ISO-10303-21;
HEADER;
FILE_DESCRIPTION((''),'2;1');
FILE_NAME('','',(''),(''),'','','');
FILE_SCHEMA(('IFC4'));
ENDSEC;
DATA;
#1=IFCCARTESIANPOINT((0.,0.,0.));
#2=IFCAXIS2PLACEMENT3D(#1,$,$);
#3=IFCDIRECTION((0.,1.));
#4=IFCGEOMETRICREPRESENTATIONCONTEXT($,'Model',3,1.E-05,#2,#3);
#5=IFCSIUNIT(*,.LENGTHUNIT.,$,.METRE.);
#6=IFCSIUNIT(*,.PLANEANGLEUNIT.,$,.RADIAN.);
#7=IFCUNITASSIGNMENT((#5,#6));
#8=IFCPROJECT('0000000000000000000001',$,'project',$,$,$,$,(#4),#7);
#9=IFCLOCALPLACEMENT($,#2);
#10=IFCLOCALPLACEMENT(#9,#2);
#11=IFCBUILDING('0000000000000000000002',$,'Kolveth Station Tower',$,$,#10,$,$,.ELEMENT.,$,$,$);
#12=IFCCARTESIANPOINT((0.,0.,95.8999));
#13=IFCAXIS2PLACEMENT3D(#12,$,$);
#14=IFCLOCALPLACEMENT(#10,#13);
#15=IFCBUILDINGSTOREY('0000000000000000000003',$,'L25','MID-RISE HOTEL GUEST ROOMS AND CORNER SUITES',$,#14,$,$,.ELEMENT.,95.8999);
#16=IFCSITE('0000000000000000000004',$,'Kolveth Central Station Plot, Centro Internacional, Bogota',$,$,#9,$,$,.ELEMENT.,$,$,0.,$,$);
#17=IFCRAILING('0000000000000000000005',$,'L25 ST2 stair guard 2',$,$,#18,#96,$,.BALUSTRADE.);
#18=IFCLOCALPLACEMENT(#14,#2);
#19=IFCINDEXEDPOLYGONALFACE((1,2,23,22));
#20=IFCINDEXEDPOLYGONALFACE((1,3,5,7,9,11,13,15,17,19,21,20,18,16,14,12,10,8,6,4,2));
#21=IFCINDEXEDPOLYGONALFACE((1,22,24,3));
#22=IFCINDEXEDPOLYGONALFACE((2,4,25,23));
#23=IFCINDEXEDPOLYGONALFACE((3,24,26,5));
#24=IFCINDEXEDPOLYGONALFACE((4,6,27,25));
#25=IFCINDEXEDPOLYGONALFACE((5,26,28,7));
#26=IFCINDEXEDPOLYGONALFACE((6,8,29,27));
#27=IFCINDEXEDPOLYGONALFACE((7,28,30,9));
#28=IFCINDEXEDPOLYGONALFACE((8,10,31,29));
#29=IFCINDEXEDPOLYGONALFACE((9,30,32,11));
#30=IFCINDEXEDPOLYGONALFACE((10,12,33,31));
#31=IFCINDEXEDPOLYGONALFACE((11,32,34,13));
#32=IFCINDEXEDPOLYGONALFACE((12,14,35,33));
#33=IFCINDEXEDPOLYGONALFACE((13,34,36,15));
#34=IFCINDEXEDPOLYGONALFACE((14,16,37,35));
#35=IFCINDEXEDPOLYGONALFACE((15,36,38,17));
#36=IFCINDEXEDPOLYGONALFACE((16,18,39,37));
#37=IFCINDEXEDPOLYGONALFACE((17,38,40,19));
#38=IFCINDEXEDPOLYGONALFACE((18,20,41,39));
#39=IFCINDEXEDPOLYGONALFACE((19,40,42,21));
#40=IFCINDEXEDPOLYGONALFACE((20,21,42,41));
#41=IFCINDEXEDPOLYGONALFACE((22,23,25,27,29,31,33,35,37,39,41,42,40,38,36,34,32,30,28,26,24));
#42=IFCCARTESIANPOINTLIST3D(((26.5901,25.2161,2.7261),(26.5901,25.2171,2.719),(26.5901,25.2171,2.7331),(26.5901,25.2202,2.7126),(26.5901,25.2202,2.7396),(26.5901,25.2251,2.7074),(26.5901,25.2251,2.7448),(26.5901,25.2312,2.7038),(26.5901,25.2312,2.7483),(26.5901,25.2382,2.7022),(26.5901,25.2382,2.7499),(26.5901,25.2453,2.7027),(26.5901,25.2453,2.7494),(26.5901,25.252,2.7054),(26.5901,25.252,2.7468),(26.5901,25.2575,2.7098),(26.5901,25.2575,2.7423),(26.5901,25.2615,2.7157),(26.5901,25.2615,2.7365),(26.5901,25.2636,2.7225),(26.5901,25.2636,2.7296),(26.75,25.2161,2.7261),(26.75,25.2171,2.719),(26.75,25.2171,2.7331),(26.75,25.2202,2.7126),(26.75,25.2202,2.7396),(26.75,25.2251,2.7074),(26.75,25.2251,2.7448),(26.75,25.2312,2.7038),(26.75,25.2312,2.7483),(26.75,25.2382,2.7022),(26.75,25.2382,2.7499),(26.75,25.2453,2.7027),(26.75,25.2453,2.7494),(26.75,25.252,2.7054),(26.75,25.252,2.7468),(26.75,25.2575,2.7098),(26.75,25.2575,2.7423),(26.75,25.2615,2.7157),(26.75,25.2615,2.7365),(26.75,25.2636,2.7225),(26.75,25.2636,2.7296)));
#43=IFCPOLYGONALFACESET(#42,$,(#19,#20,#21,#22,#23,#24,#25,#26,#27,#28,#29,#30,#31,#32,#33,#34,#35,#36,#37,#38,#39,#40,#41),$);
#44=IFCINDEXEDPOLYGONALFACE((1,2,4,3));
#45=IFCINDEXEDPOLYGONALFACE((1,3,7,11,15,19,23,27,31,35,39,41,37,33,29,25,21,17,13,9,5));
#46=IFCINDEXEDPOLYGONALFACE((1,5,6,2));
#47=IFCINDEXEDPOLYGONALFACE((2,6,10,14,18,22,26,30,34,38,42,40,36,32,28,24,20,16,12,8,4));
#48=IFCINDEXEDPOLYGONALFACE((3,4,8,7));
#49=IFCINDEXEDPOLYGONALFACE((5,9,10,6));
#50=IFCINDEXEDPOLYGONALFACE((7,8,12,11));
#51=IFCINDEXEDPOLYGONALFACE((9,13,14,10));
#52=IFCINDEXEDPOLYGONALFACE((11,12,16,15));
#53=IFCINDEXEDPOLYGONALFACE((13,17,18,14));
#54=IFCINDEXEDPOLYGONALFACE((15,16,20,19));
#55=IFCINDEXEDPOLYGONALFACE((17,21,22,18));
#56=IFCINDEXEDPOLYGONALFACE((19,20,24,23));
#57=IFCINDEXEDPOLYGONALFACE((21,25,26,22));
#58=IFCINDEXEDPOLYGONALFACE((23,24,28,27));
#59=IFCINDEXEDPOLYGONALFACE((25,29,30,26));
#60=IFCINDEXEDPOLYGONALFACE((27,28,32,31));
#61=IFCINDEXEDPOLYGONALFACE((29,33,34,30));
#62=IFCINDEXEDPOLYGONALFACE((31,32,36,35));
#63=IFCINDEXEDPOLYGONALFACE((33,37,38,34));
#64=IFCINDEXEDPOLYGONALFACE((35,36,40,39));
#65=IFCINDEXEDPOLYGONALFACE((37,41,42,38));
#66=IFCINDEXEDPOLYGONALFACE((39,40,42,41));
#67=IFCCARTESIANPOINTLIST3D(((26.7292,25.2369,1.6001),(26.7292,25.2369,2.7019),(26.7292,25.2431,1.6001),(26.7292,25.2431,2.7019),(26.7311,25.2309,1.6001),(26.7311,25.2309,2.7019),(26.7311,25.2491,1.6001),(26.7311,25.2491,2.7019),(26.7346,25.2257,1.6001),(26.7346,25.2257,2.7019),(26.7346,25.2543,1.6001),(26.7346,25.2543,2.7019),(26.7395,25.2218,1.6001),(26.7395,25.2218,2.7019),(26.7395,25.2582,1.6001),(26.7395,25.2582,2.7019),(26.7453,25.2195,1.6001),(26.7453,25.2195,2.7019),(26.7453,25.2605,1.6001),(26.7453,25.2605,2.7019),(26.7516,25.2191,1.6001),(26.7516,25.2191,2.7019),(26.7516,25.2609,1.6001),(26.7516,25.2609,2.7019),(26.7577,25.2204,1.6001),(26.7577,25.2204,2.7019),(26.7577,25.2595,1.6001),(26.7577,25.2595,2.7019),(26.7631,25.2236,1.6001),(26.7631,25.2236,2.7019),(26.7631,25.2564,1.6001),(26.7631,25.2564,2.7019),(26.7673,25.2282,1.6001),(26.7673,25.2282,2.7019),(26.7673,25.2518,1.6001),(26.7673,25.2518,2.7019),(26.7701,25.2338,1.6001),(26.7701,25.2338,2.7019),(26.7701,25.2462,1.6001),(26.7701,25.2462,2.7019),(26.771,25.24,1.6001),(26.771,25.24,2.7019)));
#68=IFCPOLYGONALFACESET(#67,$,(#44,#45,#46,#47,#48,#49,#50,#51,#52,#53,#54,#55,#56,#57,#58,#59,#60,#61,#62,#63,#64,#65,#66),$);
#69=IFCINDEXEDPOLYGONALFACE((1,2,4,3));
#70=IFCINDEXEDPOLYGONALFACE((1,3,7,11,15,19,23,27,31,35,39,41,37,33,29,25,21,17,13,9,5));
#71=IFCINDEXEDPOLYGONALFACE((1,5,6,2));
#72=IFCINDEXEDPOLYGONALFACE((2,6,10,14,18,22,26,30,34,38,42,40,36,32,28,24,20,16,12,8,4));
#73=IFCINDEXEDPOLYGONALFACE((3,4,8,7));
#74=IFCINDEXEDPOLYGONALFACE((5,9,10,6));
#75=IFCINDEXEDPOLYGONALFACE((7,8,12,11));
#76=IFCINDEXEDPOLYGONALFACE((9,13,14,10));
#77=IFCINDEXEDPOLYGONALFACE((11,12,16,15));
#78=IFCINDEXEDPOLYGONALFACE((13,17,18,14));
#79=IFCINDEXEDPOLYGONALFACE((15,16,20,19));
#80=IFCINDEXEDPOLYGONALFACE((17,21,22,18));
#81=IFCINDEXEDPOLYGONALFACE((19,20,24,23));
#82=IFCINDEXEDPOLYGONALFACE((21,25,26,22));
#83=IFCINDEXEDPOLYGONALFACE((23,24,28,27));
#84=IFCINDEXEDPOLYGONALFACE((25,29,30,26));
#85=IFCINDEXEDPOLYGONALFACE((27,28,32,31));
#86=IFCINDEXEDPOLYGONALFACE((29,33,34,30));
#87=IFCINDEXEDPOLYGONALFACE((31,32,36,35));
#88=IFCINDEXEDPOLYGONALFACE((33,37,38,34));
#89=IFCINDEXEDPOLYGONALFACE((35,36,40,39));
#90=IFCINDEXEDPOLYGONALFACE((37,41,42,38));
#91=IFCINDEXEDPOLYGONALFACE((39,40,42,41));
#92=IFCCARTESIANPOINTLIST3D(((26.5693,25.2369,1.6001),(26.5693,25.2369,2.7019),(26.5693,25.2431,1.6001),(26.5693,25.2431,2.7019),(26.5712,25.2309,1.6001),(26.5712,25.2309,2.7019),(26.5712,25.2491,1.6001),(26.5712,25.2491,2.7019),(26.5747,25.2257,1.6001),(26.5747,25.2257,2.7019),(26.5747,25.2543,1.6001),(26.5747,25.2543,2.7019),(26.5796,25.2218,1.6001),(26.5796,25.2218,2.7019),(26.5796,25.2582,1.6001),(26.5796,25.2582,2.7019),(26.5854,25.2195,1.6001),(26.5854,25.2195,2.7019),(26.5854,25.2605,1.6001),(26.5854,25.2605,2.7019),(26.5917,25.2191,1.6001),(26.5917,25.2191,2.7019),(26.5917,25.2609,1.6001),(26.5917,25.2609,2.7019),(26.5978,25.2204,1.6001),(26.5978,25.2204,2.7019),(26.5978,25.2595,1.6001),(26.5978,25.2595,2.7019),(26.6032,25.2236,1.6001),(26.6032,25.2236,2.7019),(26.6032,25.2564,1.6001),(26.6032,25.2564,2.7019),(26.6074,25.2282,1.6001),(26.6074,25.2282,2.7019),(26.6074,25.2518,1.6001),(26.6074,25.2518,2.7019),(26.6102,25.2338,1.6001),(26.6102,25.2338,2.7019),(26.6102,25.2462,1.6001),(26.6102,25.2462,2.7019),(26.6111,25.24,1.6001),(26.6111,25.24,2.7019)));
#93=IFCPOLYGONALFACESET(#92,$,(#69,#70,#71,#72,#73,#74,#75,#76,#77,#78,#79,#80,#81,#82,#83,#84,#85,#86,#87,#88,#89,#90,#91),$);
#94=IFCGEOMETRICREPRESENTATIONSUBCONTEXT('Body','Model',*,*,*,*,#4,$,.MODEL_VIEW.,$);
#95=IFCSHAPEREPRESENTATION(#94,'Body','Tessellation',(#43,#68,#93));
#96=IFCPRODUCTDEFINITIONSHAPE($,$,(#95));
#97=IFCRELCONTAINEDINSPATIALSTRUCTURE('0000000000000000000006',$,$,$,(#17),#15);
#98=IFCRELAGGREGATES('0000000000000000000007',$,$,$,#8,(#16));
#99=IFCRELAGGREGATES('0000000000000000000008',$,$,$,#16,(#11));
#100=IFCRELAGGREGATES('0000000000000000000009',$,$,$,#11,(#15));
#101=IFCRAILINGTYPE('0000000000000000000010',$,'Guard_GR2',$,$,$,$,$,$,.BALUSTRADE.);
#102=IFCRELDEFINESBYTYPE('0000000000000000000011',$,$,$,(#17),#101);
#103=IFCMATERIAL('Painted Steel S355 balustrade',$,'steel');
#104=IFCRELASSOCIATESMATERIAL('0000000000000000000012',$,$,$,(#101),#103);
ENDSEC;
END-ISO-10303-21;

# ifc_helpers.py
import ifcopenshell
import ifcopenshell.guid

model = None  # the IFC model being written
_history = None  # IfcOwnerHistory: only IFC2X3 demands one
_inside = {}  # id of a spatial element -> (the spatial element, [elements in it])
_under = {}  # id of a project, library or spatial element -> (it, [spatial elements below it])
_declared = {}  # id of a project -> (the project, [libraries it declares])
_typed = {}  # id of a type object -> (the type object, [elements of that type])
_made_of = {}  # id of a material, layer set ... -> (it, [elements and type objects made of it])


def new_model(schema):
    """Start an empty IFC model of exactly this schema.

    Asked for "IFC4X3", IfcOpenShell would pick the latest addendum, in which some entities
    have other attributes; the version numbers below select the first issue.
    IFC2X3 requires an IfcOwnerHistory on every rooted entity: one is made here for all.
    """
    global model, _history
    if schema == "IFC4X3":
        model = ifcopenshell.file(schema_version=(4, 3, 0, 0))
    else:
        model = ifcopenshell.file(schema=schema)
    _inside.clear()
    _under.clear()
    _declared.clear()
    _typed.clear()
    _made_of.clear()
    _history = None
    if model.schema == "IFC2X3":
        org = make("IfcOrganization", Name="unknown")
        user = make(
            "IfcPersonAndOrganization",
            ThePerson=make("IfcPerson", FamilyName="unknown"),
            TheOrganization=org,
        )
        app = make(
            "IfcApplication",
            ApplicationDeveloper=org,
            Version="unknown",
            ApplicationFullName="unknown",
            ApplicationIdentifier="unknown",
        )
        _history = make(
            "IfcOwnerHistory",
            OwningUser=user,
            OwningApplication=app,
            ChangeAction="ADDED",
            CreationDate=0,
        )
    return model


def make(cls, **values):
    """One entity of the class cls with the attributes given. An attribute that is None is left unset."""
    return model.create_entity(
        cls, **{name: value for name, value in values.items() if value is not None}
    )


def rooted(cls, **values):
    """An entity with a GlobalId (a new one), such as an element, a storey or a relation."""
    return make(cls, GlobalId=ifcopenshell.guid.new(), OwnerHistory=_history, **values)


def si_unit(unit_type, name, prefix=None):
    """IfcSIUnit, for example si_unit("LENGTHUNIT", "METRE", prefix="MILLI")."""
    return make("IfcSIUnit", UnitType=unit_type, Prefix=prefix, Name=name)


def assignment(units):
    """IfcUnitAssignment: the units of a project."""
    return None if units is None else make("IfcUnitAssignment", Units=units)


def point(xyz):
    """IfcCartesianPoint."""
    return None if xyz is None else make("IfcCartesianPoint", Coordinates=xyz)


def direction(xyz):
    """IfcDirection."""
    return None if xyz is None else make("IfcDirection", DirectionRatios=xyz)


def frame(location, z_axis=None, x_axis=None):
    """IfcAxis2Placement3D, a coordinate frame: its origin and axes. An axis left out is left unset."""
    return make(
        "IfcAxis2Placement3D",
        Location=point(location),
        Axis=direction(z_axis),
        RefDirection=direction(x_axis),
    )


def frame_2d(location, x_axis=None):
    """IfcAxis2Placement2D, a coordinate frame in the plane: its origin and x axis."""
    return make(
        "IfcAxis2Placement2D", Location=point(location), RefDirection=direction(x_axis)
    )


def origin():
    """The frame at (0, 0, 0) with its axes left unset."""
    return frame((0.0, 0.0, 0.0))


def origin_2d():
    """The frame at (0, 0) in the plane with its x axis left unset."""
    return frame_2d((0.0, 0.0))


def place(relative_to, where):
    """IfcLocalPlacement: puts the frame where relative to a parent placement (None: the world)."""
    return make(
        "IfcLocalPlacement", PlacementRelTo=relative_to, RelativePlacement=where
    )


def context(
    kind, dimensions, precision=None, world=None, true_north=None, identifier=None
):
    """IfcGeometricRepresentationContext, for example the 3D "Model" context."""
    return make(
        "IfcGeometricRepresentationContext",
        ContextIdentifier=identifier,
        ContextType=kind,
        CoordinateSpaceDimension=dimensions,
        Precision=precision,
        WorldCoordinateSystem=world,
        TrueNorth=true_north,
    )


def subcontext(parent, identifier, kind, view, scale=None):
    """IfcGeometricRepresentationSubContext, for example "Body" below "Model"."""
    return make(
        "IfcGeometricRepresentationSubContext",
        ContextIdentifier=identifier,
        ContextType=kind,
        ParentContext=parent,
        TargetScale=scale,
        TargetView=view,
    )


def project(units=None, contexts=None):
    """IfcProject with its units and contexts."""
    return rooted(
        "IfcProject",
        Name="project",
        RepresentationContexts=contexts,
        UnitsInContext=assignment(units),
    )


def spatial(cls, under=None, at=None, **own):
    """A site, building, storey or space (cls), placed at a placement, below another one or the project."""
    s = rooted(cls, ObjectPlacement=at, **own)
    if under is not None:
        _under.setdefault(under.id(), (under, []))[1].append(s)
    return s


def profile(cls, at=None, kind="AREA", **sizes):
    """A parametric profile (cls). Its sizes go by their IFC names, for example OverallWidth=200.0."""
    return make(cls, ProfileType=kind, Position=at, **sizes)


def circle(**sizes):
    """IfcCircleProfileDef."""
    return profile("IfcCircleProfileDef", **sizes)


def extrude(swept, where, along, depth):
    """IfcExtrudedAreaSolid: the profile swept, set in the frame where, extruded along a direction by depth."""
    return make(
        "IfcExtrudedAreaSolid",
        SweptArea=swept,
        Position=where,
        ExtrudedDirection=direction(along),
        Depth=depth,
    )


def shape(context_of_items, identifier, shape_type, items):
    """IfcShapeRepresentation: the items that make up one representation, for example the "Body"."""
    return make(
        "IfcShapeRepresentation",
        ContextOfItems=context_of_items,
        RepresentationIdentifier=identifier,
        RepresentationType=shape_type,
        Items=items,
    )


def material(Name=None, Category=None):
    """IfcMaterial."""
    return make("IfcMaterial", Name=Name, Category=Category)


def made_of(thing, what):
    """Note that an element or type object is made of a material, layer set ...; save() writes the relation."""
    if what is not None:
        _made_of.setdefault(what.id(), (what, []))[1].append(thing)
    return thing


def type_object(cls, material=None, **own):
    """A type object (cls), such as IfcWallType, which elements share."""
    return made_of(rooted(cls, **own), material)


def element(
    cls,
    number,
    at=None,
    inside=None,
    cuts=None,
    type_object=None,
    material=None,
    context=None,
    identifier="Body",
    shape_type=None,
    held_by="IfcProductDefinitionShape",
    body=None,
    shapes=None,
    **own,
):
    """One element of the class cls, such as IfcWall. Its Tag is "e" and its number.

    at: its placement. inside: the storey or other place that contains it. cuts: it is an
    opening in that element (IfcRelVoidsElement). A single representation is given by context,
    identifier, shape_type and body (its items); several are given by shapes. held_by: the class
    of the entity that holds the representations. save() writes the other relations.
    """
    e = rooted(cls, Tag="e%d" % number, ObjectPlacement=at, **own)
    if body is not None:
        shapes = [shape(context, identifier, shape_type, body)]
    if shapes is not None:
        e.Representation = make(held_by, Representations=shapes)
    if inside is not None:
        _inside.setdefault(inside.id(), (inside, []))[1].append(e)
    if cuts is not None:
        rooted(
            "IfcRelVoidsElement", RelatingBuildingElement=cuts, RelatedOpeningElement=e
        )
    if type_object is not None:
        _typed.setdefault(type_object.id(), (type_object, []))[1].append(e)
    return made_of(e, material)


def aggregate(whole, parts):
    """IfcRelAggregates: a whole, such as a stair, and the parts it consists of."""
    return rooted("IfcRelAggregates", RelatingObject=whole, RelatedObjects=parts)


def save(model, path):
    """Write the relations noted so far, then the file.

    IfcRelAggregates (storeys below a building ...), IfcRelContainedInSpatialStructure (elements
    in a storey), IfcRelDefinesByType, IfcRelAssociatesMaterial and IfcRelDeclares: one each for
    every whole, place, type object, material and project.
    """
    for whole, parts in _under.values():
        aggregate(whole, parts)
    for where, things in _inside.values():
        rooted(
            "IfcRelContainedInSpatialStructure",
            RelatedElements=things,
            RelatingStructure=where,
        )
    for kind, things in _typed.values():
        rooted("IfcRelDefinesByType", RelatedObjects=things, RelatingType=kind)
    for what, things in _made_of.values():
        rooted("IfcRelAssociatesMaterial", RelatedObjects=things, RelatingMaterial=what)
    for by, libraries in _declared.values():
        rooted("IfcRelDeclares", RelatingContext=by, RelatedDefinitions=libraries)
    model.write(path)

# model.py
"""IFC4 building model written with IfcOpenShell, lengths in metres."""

from ifc_helpers import new_model, si_unit, direction, frame, origin, origin_2d, place, context, subcontext, project, spatial, circle, extrude, material, type_object, element, save


model = new_model("IFC4")

# Units and contexts
model_context = context("Model", 3, precision=1e-05, world=origin(), true_north=direction((0.0, 1.0)))
body_context = subcontext(model_context, "Body", "Model", "MODEL_VIEW")
ifc_project = project(units=[si_unit("LENGTHUNIT", "METRE"), si_unit("PLANEANGLEUNIT", "RADIAN")], contexts=[model_context])

# Site, building, storey
site_placement = place(None, origin())
site = spatial("IfcSite", under=ifc_project, at=site_placement, Name="Kolveth Central Station Plot, Centro Internacional, Bogota", CompositionType="ELEMENT", RefElevation=0.0)
building_placement = place(site_placement, origin())
building = spatial("IfcBuilding", under=site, at=building_placement, Name="Kolveth Station Tower", CompositionType="ELEMENT")
storey_placement = place(building_placement, frame((0.0, 0.0, 95.8999)))
storey = spatial("IfcBuildingStorey", under=building, at=storey_placement, Name="L25", Description="MID-RISE HOTEL GUEST ROOMS AND CORNER SUITES", CompositionType="ELEMENT", Elevation=95.8999)

# Railing
ifc_material_1 = material(Name="Painted Steel S355 balustrade", Category="steel")
railing_type_1 = type_object("IfcRailingType", Name="Guard_GR2", PredefinedType="BALUSTRADE", material=ifc_material_1)
railing_1_placement = place(storey_placement, frame((26.75, 25.24, 1.6001)))
element("IfcRailing", 1, at=railing_1_placement, inside=storey, type_object=railing_type_1, Name="L25 ST2 stair guard 2", PredefinedType="BALUSTRADE", context=body_context, shape_type="SweptSolid", body=[
    extrude(circle(Radius=0.0239, at=origin_2d()), frame((0.0, 0.0, 1.126), z_axis=(-1.0, 0.0, 0.0), x_axis=(0.0, -1.0, 0.0)), (0.0, 0.0, 1.0), 0.1599),
    extrude(circle(Radius=0.021, at=origin_2d()), origin(), (0.0, 0.0, 1.0), 1.1018),
    extrude(circle(Radius=0.021, at=origin_2d()), frame((-0.1599, 0.0, 0.0)), (0.0, 0.0, 1.0), 1.1018),
])

save(model, "model.ifc")
